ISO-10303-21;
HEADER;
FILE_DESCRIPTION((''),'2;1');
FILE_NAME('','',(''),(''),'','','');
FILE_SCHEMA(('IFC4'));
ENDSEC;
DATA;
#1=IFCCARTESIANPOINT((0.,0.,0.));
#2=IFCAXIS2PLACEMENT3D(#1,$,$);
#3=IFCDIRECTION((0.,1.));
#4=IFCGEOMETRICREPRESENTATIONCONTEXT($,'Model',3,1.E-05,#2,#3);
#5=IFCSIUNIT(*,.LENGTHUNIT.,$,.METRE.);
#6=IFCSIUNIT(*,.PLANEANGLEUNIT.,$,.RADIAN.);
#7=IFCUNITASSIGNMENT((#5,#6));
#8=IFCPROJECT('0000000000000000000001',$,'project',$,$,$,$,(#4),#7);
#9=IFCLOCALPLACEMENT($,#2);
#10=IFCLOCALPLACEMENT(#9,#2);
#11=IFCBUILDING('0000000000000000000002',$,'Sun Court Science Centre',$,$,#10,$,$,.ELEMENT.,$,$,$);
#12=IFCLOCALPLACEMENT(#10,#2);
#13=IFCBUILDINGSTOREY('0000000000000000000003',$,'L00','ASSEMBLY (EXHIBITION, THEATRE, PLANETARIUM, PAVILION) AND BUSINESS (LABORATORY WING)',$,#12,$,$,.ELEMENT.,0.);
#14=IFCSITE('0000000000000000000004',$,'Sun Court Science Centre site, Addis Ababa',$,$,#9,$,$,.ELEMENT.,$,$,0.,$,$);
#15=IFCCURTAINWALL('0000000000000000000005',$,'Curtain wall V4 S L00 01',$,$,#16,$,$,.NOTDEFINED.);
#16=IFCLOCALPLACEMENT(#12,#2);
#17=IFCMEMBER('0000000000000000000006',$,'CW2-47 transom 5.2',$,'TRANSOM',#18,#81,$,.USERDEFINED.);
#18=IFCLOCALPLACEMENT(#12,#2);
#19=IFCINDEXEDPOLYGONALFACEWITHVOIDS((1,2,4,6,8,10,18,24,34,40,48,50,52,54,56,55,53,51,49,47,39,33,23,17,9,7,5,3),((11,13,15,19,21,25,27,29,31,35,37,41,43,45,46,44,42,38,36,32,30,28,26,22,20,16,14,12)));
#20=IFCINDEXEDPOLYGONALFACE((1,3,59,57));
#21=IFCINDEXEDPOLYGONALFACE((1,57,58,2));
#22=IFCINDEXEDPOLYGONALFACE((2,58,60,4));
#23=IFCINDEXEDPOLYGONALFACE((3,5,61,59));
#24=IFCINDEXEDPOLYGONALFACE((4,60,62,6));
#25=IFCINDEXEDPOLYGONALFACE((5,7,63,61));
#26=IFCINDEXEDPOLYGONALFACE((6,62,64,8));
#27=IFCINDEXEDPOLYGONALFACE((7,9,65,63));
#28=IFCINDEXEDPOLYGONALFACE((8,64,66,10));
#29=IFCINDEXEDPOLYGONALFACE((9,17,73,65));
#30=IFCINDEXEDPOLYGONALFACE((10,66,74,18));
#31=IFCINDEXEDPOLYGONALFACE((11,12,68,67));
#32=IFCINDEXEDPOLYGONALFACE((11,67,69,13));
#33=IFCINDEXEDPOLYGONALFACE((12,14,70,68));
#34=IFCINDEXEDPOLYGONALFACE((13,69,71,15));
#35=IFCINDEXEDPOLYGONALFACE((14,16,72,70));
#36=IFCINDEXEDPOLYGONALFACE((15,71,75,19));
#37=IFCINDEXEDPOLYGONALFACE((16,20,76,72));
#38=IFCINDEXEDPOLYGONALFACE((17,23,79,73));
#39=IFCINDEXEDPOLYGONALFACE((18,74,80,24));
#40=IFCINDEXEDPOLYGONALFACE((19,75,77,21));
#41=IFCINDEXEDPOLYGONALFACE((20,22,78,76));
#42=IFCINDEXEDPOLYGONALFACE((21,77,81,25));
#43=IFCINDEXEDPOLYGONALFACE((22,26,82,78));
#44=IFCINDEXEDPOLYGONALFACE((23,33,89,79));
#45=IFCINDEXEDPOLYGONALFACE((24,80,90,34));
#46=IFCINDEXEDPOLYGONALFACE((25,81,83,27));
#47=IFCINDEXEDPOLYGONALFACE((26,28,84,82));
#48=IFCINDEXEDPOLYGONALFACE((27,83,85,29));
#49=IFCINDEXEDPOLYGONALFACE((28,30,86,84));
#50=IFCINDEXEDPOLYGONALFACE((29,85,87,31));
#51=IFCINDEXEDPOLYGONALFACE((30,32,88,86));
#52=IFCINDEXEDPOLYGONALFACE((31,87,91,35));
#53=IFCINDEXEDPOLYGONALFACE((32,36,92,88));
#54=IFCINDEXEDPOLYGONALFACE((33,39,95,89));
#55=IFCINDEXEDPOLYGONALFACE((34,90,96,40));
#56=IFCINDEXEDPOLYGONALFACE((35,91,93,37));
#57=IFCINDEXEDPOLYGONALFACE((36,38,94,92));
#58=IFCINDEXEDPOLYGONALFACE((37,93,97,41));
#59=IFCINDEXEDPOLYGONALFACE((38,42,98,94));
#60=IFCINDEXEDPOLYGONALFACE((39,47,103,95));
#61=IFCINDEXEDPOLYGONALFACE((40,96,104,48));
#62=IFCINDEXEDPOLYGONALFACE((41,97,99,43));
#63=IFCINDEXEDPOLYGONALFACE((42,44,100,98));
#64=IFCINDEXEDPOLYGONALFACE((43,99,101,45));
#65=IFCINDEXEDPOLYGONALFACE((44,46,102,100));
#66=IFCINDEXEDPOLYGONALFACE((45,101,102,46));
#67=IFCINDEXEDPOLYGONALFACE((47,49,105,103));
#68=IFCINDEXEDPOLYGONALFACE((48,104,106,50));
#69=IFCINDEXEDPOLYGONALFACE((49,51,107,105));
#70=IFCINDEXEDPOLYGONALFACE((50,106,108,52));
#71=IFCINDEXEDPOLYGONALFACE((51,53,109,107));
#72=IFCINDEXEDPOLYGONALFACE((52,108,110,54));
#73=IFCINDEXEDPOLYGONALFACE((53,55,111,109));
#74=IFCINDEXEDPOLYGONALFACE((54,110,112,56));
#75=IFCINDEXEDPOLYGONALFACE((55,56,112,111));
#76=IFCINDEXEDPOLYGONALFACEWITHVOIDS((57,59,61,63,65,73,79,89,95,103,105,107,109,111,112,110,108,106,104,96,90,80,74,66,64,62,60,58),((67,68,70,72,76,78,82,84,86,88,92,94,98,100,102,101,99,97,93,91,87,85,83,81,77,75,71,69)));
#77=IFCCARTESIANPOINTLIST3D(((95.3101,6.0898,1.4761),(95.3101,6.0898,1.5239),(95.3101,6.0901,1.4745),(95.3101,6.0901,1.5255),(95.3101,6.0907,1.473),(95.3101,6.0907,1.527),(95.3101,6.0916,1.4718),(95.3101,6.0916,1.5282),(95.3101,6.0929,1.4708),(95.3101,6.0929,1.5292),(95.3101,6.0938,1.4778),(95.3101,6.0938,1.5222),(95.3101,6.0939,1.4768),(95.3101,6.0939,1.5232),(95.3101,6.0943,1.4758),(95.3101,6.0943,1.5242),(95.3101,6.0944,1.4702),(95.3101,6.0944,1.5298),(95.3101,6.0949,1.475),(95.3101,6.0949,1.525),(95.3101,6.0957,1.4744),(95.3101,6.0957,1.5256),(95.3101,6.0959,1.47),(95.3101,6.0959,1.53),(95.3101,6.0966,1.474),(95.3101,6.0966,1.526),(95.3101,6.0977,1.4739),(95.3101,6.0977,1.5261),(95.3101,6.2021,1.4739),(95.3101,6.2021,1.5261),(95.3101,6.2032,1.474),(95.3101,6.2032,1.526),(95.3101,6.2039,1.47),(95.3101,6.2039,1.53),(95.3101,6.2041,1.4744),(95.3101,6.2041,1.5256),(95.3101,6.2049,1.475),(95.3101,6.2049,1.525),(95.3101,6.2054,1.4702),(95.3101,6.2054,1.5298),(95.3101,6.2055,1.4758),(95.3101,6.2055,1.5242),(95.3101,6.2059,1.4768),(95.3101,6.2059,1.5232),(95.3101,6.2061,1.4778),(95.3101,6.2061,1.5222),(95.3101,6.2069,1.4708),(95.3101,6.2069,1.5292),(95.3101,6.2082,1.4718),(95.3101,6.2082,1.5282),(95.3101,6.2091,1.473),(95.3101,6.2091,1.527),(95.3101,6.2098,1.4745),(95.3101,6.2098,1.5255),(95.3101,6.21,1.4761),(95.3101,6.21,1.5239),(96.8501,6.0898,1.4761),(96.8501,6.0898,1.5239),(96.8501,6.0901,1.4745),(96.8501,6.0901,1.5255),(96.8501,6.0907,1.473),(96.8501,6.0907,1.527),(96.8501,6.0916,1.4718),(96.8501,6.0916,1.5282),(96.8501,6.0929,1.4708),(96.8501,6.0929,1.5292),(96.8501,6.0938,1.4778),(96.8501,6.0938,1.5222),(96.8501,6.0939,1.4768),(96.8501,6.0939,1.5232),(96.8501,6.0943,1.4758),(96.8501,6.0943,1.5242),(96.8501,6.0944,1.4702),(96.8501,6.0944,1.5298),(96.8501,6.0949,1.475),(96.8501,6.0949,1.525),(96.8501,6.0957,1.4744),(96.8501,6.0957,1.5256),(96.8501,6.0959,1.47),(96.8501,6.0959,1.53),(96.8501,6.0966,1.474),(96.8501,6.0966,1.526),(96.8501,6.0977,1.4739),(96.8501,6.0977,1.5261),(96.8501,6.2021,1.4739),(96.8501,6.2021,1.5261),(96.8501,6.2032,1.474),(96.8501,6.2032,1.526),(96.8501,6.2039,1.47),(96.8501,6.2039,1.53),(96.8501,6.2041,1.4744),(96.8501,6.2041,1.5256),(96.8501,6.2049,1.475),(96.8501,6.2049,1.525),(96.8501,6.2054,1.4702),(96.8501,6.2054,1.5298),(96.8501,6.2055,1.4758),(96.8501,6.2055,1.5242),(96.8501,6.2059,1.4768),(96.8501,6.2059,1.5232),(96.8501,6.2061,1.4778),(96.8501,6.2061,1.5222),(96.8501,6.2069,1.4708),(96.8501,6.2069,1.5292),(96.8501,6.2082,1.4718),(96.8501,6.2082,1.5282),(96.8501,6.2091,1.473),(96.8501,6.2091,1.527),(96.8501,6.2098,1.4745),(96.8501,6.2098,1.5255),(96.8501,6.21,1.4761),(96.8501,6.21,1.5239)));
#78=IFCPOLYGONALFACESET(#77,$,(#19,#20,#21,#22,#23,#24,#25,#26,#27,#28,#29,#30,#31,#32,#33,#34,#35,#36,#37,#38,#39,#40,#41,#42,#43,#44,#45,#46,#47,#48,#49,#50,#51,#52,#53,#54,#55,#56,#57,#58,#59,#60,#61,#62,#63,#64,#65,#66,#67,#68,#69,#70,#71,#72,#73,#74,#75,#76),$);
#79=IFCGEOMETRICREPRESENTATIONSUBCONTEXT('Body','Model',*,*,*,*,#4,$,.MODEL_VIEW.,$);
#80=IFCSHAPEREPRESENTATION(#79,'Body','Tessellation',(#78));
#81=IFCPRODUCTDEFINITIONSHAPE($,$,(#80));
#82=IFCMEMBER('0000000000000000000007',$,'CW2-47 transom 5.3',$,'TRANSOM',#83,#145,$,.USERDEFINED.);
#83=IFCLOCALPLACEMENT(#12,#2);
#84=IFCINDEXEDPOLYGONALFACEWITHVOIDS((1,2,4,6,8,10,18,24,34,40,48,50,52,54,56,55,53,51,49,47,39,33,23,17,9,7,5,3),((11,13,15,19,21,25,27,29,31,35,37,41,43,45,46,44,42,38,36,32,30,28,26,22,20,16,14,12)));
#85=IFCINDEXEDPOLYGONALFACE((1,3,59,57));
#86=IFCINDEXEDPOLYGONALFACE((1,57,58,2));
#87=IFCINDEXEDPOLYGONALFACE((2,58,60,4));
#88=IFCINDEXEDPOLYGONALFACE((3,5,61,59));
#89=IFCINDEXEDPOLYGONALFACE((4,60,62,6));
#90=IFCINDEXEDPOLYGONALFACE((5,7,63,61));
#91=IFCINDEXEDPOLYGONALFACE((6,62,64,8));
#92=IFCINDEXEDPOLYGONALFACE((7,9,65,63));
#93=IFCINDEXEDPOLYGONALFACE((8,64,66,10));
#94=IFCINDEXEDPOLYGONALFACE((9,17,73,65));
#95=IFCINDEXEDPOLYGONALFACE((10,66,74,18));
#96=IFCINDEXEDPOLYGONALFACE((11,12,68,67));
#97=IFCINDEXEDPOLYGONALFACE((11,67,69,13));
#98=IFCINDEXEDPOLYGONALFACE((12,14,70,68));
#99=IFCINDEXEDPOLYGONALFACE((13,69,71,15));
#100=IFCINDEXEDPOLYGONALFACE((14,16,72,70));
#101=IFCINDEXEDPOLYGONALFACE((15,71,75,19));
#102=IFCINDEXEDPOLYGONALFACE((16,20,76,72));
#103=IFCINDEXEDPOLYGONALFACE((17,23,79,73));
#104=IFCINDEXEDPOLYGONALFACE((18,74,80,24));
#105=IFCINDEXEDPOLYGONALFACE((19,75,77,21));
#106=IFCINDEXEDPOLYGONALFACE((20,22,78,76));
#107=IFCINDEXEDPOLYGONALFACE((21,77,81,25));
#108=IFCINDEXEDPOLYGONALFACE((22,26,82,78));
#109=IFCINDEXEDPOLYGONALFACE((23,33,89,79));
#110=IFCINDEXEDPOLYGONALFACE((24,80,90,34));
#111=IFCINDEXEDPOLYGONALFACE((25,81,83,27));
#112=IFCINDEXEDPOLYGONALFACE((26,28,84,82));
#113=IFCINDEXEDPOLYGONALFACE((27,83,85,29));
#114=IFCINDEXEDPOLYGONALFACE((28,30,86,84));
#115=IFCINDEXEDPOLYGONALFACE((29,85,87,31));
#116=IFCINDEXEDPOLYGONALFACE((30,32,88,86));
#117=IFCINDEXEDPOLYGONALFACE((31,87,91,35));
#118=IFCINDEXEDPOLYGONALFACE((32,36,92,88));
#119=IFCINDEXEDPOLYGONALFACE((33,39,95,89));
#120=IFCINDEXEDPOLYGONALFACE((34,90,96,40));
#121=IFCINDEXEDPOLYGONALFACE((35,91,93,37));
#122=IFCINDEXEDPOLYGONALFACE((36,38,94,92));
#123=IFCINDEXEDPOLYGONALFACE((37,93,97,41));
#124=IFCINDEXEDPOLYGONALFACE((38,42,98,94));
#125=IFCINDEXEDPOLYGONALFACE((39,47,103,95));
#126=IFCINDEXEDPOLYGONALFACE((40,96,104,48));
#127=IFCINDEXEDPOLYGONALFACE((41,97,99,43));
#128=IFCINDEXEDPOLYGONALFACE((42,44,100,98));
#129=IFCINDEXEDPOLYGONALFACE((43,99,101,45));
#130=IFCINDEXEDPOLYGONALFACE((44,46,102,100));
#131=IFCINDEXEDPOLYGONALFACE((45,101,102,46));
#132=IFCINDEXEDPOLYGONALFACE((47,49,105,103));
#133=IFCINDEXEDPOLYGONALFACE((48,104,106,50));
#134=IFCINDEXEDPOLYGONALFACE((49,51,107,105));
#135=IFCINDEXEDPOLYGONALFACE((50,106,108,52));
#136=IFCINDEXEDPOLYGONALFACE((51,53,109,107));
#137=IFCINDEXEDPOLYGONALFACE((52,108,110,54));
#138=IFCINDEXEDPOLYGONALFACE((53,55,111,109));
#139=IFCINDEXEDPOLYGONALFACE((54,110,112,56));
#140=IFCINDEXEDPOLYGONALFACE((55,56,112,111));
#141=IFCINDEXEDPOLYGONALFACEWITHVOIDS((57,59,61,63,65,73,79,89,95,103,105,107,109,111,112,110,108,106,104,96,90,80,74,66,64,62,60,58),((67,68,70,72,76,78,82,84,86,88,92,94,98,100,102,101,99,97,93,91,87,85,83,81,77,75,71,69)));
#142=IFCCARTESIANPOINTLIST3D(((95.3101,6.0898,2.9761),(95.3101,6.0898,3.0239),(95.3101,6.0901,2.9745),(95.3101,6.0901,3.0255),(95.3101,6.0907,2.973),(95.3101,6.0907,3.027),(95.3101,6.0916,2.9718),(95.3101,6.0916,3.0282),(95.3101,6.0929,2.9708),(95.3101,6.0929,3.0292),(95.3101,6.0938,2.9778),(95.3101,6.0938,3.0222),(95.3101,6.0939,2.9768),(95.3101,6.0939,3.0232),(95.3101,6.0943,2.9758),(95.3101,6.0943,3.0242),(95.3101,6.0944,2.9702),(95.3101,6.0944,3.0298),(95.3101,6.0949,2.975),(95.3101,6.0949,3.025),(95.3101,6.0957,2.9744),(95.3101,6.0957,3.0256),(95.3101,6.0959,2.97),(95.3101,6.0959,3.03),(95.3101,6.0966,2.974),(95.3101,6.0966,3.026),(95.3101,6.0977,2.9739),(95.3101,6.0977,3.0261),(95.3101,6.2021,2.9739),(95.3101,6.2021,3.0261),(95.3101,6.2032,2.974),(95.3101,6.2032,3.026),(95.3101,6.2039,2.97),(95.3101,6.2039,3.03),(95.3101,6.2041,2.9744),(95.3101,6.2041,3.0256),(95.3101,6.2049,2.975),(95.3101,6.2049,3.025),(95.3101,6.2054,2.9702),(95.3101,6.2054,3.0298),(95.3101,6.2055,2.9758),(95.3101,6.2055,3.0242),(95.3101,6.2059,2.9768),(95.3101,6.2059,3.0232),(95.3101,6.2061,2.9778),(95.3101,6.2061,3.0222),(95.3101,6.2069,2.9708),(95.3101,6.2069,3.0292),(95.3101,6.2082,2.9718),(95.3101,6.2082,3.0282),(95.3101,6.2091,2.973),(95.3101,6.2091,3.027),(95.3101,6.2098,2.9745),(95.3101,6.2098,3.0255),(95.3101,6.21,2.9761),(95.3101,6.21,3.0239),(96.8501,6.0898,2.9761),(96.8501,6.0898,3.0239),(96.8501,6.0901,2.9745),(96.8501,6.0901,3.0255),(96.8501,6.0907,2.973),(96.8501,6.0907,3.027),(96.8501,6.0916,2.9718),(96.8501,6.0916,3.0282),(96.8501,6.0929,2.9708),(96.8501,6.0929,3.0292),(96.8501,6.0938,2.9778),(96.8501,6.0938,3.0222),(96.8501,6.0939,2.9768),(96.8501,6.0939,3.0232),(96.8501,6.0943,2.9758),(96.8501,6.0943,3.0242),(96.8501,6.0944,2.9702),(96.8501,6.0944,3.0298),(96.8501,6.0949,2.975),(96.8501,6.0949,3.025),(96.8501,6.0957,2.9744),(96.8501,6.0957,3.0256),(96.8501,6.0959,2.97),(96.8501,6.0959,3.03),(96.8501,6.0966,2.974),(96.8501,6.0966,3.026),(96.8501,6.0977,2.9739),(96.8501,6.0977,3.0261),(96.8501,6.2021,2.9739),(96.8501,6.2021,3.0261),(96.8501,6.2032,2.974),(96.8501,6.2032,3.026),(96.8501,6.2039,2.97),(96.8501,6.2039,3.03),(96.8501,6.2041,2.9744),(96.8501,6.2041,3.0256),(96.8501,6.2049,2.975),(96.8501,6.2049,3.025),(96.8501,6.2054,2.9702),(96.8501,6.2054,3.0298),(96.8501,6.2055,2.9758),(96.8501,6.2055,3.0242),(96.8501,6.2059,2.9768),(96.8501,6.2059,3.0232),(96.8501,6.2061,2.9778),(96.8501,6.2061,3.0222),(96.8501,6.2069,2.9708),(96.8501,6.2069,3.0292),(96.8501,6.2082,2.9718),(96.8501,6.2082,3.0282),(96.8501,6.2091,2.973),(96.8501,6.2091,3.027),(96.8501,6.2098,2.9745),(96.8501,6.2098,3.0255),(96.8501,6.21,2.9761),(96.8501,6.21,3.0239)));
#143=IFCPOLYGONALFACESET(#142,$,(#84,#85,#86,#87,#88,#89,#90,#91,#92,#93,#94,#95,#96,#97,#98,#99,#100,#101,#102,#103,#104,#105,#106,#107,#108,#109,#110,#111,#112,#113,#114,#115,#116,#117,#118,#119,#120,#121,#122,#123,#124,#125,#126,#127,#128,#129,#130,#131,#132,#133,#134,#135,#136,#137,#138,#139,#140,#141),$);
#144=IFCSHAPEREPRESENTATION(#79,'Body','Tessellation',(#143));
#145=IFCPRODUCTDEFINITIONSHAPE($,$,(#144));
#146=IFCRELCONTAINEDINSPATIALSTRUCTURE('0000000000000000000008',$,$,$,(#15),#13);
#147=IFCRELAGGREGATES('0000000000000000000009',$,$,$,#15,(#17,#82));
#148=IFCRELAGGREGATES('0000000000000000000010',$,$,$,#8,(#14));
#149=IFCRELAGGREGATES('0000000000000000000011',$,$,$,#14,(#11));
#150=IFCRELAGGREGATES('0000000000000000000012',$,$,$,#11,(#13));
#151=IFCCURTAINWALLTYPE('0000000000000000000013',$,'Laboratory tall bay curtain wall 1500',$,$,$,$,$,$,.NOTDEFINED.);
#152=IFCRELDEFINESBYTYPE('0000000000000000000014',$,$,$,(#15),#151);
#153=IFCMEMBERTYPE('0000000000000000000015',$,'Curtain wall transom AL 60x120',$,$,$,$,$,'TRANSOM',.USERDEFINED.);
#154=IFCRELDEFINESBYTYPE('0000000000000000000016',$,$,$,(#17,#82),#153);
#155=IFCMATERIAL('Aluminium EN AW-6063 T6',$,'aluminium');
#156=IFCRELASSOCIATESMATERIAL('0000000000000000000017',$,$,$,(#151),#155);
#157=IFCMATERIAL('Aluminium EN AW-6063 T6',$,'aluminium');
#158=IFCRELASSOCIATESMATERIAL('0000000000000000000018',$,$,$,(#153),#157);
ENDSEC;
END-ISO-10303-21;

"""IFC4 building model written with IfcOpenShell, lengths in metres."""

from ifc_helpers import new_model, si_unit, direction, frame, origin, origin_2d, place, context, subcontext, project, spatial, hollow_rectangle, extrude, material, material_profile, profile_set, type_object, element, aggregate, save


model = new_model("IFC4")

# Units and contexts
model_context = context("Model", 3, precision=1e-05, world=origin(), true_north=direction((0.0, 1.0)))
body_context = subcontext(model_context, "Body", "Model", "MODEL_VIEW")
ifc_project = project(units=[si_unit("LENGTHUNIT", "METRE"), si_unit("PLANEANGLEUNIT", "RADIAN")], contexts=[model_context])

# Site, building, storey
site_placement = place(None, origin())
site = spatial("IfcSite", under=ifc_project, at=site_placement, Name="Sun Court Science Centre site, Addis Ababa", CompositionType="ELEMENT", RefElevation=0.0)
building_placement = place(site_placement, origin())
building = spatial("IfcBuilding", under=site, at=building_placement, Name="Sun Court Science Centre", CompositionType="ELEMENT")
storey_placement = place(building_placement, origin())
storey = spatial("IfcBuildingStorey", under=building, at=storey_placement, Name="L00", Description="ASSEMBLY (EXHIBITION, THEATRE, PLANETARIUM, PAVILION) AND BUSINESS (LABORATORY WING)", CompositionType="ELEMENT", Elevation=0.0)

# Curtain wall
ifc_material_1 = material(Name="Aluminium EN AW-6063 T6", Category="aluminium")
curtain_wall_type = type_object("IfcCurtainWallType", Name="Laboratory tall bay curtain wall 1500", PredefinedType="NOTDEFINED", material=ifc_material_1)
curtain_wall_1_placement = place(storey_placement, origin())
curtain_wall_1 = element("IfcCurtainWall", 1, at=curtain_wall_1_placement, inside=storey, type_object=curtain_wall_type, Name="Curtain wall V4 S L00 01", PredefinedType="NOTDEFINED")

# Members
ifc_material_2 = material(Name="Aluminium EN AW-6063 T6", Category="aluminium")
ifc_material_profile_1 = material_profile(ifc_material_2, hollow_rectangle(XDim=0.0601, YDim=0.1201, WallThickness=0.0039, InnerFilletRadius=0.0039, OuterFilletRadius=0.0061, at=origin_2d()), Name="AL 60x120x4")
ifc_profile_set_1 = profile_set([ifc_material_profile_1], Name="Aluminium EN AW-6063 T6")
member_type_1 = type_object("IfcMemberType", Name="Curtain wall transom AL 60x120", ElementType="TRANSOM", PredefinedType="USERDEFINED", material=ifc_profile_set_1)
member_1_placement = place(storey_placement, frame((96.8501, 6.1499, 1.5), z_axis=(-1.0, 0.0, 0.0), x_axis=(0.0, 0.0, 1.0)))
member_1 = element("IfcMember", 2, at=member_1_placement, type_object=member_type_1, Name="CW2-47 transom 5.2", ObjectType="TRANSOM", PredefinedType="USERDEFINED", context=body_context, shape_type="SweptSolid", body=[
    extrude(hollow_rectangle(XDim=0.0601, YDim=0.1201, WallThickness=0.0039, InnerFilletRadius=0.0039, OuterFilletRadius=0.0061, at=origin_2d()), origin(), (0.0, 0.0, 1.0), 1.54),
])
member_2_placement = place(storey_placement, frame((96.8501, 6.1499, 3.0), z_axis=(-1.0, 0.0, 0.0), x_axis=(0.0, 0.0, 1.0)))
member_2 = element("IfcMember", 3, at=member_2_placement, type_object=member_type_1, Name="CW2-47 transom 5.3", ObjectType="TRANSOM", PredefinedType="USERDEFINED", context=body_context, shape_type="SweptSolid", body=[
    extrude(hollow_rectangle(XDim=0.0601, YDim=0.1201, WallThickness=0.0039, InnerFilletRadius=0.0039, OuterFilletRadius=0.0061, at=origin_2d()), origin(), (0.0, 0.0, 1.0), 1.54),
])

aggregate(curtain_wall_1, [member_1, member_2])

save(model, "model.ifc")
